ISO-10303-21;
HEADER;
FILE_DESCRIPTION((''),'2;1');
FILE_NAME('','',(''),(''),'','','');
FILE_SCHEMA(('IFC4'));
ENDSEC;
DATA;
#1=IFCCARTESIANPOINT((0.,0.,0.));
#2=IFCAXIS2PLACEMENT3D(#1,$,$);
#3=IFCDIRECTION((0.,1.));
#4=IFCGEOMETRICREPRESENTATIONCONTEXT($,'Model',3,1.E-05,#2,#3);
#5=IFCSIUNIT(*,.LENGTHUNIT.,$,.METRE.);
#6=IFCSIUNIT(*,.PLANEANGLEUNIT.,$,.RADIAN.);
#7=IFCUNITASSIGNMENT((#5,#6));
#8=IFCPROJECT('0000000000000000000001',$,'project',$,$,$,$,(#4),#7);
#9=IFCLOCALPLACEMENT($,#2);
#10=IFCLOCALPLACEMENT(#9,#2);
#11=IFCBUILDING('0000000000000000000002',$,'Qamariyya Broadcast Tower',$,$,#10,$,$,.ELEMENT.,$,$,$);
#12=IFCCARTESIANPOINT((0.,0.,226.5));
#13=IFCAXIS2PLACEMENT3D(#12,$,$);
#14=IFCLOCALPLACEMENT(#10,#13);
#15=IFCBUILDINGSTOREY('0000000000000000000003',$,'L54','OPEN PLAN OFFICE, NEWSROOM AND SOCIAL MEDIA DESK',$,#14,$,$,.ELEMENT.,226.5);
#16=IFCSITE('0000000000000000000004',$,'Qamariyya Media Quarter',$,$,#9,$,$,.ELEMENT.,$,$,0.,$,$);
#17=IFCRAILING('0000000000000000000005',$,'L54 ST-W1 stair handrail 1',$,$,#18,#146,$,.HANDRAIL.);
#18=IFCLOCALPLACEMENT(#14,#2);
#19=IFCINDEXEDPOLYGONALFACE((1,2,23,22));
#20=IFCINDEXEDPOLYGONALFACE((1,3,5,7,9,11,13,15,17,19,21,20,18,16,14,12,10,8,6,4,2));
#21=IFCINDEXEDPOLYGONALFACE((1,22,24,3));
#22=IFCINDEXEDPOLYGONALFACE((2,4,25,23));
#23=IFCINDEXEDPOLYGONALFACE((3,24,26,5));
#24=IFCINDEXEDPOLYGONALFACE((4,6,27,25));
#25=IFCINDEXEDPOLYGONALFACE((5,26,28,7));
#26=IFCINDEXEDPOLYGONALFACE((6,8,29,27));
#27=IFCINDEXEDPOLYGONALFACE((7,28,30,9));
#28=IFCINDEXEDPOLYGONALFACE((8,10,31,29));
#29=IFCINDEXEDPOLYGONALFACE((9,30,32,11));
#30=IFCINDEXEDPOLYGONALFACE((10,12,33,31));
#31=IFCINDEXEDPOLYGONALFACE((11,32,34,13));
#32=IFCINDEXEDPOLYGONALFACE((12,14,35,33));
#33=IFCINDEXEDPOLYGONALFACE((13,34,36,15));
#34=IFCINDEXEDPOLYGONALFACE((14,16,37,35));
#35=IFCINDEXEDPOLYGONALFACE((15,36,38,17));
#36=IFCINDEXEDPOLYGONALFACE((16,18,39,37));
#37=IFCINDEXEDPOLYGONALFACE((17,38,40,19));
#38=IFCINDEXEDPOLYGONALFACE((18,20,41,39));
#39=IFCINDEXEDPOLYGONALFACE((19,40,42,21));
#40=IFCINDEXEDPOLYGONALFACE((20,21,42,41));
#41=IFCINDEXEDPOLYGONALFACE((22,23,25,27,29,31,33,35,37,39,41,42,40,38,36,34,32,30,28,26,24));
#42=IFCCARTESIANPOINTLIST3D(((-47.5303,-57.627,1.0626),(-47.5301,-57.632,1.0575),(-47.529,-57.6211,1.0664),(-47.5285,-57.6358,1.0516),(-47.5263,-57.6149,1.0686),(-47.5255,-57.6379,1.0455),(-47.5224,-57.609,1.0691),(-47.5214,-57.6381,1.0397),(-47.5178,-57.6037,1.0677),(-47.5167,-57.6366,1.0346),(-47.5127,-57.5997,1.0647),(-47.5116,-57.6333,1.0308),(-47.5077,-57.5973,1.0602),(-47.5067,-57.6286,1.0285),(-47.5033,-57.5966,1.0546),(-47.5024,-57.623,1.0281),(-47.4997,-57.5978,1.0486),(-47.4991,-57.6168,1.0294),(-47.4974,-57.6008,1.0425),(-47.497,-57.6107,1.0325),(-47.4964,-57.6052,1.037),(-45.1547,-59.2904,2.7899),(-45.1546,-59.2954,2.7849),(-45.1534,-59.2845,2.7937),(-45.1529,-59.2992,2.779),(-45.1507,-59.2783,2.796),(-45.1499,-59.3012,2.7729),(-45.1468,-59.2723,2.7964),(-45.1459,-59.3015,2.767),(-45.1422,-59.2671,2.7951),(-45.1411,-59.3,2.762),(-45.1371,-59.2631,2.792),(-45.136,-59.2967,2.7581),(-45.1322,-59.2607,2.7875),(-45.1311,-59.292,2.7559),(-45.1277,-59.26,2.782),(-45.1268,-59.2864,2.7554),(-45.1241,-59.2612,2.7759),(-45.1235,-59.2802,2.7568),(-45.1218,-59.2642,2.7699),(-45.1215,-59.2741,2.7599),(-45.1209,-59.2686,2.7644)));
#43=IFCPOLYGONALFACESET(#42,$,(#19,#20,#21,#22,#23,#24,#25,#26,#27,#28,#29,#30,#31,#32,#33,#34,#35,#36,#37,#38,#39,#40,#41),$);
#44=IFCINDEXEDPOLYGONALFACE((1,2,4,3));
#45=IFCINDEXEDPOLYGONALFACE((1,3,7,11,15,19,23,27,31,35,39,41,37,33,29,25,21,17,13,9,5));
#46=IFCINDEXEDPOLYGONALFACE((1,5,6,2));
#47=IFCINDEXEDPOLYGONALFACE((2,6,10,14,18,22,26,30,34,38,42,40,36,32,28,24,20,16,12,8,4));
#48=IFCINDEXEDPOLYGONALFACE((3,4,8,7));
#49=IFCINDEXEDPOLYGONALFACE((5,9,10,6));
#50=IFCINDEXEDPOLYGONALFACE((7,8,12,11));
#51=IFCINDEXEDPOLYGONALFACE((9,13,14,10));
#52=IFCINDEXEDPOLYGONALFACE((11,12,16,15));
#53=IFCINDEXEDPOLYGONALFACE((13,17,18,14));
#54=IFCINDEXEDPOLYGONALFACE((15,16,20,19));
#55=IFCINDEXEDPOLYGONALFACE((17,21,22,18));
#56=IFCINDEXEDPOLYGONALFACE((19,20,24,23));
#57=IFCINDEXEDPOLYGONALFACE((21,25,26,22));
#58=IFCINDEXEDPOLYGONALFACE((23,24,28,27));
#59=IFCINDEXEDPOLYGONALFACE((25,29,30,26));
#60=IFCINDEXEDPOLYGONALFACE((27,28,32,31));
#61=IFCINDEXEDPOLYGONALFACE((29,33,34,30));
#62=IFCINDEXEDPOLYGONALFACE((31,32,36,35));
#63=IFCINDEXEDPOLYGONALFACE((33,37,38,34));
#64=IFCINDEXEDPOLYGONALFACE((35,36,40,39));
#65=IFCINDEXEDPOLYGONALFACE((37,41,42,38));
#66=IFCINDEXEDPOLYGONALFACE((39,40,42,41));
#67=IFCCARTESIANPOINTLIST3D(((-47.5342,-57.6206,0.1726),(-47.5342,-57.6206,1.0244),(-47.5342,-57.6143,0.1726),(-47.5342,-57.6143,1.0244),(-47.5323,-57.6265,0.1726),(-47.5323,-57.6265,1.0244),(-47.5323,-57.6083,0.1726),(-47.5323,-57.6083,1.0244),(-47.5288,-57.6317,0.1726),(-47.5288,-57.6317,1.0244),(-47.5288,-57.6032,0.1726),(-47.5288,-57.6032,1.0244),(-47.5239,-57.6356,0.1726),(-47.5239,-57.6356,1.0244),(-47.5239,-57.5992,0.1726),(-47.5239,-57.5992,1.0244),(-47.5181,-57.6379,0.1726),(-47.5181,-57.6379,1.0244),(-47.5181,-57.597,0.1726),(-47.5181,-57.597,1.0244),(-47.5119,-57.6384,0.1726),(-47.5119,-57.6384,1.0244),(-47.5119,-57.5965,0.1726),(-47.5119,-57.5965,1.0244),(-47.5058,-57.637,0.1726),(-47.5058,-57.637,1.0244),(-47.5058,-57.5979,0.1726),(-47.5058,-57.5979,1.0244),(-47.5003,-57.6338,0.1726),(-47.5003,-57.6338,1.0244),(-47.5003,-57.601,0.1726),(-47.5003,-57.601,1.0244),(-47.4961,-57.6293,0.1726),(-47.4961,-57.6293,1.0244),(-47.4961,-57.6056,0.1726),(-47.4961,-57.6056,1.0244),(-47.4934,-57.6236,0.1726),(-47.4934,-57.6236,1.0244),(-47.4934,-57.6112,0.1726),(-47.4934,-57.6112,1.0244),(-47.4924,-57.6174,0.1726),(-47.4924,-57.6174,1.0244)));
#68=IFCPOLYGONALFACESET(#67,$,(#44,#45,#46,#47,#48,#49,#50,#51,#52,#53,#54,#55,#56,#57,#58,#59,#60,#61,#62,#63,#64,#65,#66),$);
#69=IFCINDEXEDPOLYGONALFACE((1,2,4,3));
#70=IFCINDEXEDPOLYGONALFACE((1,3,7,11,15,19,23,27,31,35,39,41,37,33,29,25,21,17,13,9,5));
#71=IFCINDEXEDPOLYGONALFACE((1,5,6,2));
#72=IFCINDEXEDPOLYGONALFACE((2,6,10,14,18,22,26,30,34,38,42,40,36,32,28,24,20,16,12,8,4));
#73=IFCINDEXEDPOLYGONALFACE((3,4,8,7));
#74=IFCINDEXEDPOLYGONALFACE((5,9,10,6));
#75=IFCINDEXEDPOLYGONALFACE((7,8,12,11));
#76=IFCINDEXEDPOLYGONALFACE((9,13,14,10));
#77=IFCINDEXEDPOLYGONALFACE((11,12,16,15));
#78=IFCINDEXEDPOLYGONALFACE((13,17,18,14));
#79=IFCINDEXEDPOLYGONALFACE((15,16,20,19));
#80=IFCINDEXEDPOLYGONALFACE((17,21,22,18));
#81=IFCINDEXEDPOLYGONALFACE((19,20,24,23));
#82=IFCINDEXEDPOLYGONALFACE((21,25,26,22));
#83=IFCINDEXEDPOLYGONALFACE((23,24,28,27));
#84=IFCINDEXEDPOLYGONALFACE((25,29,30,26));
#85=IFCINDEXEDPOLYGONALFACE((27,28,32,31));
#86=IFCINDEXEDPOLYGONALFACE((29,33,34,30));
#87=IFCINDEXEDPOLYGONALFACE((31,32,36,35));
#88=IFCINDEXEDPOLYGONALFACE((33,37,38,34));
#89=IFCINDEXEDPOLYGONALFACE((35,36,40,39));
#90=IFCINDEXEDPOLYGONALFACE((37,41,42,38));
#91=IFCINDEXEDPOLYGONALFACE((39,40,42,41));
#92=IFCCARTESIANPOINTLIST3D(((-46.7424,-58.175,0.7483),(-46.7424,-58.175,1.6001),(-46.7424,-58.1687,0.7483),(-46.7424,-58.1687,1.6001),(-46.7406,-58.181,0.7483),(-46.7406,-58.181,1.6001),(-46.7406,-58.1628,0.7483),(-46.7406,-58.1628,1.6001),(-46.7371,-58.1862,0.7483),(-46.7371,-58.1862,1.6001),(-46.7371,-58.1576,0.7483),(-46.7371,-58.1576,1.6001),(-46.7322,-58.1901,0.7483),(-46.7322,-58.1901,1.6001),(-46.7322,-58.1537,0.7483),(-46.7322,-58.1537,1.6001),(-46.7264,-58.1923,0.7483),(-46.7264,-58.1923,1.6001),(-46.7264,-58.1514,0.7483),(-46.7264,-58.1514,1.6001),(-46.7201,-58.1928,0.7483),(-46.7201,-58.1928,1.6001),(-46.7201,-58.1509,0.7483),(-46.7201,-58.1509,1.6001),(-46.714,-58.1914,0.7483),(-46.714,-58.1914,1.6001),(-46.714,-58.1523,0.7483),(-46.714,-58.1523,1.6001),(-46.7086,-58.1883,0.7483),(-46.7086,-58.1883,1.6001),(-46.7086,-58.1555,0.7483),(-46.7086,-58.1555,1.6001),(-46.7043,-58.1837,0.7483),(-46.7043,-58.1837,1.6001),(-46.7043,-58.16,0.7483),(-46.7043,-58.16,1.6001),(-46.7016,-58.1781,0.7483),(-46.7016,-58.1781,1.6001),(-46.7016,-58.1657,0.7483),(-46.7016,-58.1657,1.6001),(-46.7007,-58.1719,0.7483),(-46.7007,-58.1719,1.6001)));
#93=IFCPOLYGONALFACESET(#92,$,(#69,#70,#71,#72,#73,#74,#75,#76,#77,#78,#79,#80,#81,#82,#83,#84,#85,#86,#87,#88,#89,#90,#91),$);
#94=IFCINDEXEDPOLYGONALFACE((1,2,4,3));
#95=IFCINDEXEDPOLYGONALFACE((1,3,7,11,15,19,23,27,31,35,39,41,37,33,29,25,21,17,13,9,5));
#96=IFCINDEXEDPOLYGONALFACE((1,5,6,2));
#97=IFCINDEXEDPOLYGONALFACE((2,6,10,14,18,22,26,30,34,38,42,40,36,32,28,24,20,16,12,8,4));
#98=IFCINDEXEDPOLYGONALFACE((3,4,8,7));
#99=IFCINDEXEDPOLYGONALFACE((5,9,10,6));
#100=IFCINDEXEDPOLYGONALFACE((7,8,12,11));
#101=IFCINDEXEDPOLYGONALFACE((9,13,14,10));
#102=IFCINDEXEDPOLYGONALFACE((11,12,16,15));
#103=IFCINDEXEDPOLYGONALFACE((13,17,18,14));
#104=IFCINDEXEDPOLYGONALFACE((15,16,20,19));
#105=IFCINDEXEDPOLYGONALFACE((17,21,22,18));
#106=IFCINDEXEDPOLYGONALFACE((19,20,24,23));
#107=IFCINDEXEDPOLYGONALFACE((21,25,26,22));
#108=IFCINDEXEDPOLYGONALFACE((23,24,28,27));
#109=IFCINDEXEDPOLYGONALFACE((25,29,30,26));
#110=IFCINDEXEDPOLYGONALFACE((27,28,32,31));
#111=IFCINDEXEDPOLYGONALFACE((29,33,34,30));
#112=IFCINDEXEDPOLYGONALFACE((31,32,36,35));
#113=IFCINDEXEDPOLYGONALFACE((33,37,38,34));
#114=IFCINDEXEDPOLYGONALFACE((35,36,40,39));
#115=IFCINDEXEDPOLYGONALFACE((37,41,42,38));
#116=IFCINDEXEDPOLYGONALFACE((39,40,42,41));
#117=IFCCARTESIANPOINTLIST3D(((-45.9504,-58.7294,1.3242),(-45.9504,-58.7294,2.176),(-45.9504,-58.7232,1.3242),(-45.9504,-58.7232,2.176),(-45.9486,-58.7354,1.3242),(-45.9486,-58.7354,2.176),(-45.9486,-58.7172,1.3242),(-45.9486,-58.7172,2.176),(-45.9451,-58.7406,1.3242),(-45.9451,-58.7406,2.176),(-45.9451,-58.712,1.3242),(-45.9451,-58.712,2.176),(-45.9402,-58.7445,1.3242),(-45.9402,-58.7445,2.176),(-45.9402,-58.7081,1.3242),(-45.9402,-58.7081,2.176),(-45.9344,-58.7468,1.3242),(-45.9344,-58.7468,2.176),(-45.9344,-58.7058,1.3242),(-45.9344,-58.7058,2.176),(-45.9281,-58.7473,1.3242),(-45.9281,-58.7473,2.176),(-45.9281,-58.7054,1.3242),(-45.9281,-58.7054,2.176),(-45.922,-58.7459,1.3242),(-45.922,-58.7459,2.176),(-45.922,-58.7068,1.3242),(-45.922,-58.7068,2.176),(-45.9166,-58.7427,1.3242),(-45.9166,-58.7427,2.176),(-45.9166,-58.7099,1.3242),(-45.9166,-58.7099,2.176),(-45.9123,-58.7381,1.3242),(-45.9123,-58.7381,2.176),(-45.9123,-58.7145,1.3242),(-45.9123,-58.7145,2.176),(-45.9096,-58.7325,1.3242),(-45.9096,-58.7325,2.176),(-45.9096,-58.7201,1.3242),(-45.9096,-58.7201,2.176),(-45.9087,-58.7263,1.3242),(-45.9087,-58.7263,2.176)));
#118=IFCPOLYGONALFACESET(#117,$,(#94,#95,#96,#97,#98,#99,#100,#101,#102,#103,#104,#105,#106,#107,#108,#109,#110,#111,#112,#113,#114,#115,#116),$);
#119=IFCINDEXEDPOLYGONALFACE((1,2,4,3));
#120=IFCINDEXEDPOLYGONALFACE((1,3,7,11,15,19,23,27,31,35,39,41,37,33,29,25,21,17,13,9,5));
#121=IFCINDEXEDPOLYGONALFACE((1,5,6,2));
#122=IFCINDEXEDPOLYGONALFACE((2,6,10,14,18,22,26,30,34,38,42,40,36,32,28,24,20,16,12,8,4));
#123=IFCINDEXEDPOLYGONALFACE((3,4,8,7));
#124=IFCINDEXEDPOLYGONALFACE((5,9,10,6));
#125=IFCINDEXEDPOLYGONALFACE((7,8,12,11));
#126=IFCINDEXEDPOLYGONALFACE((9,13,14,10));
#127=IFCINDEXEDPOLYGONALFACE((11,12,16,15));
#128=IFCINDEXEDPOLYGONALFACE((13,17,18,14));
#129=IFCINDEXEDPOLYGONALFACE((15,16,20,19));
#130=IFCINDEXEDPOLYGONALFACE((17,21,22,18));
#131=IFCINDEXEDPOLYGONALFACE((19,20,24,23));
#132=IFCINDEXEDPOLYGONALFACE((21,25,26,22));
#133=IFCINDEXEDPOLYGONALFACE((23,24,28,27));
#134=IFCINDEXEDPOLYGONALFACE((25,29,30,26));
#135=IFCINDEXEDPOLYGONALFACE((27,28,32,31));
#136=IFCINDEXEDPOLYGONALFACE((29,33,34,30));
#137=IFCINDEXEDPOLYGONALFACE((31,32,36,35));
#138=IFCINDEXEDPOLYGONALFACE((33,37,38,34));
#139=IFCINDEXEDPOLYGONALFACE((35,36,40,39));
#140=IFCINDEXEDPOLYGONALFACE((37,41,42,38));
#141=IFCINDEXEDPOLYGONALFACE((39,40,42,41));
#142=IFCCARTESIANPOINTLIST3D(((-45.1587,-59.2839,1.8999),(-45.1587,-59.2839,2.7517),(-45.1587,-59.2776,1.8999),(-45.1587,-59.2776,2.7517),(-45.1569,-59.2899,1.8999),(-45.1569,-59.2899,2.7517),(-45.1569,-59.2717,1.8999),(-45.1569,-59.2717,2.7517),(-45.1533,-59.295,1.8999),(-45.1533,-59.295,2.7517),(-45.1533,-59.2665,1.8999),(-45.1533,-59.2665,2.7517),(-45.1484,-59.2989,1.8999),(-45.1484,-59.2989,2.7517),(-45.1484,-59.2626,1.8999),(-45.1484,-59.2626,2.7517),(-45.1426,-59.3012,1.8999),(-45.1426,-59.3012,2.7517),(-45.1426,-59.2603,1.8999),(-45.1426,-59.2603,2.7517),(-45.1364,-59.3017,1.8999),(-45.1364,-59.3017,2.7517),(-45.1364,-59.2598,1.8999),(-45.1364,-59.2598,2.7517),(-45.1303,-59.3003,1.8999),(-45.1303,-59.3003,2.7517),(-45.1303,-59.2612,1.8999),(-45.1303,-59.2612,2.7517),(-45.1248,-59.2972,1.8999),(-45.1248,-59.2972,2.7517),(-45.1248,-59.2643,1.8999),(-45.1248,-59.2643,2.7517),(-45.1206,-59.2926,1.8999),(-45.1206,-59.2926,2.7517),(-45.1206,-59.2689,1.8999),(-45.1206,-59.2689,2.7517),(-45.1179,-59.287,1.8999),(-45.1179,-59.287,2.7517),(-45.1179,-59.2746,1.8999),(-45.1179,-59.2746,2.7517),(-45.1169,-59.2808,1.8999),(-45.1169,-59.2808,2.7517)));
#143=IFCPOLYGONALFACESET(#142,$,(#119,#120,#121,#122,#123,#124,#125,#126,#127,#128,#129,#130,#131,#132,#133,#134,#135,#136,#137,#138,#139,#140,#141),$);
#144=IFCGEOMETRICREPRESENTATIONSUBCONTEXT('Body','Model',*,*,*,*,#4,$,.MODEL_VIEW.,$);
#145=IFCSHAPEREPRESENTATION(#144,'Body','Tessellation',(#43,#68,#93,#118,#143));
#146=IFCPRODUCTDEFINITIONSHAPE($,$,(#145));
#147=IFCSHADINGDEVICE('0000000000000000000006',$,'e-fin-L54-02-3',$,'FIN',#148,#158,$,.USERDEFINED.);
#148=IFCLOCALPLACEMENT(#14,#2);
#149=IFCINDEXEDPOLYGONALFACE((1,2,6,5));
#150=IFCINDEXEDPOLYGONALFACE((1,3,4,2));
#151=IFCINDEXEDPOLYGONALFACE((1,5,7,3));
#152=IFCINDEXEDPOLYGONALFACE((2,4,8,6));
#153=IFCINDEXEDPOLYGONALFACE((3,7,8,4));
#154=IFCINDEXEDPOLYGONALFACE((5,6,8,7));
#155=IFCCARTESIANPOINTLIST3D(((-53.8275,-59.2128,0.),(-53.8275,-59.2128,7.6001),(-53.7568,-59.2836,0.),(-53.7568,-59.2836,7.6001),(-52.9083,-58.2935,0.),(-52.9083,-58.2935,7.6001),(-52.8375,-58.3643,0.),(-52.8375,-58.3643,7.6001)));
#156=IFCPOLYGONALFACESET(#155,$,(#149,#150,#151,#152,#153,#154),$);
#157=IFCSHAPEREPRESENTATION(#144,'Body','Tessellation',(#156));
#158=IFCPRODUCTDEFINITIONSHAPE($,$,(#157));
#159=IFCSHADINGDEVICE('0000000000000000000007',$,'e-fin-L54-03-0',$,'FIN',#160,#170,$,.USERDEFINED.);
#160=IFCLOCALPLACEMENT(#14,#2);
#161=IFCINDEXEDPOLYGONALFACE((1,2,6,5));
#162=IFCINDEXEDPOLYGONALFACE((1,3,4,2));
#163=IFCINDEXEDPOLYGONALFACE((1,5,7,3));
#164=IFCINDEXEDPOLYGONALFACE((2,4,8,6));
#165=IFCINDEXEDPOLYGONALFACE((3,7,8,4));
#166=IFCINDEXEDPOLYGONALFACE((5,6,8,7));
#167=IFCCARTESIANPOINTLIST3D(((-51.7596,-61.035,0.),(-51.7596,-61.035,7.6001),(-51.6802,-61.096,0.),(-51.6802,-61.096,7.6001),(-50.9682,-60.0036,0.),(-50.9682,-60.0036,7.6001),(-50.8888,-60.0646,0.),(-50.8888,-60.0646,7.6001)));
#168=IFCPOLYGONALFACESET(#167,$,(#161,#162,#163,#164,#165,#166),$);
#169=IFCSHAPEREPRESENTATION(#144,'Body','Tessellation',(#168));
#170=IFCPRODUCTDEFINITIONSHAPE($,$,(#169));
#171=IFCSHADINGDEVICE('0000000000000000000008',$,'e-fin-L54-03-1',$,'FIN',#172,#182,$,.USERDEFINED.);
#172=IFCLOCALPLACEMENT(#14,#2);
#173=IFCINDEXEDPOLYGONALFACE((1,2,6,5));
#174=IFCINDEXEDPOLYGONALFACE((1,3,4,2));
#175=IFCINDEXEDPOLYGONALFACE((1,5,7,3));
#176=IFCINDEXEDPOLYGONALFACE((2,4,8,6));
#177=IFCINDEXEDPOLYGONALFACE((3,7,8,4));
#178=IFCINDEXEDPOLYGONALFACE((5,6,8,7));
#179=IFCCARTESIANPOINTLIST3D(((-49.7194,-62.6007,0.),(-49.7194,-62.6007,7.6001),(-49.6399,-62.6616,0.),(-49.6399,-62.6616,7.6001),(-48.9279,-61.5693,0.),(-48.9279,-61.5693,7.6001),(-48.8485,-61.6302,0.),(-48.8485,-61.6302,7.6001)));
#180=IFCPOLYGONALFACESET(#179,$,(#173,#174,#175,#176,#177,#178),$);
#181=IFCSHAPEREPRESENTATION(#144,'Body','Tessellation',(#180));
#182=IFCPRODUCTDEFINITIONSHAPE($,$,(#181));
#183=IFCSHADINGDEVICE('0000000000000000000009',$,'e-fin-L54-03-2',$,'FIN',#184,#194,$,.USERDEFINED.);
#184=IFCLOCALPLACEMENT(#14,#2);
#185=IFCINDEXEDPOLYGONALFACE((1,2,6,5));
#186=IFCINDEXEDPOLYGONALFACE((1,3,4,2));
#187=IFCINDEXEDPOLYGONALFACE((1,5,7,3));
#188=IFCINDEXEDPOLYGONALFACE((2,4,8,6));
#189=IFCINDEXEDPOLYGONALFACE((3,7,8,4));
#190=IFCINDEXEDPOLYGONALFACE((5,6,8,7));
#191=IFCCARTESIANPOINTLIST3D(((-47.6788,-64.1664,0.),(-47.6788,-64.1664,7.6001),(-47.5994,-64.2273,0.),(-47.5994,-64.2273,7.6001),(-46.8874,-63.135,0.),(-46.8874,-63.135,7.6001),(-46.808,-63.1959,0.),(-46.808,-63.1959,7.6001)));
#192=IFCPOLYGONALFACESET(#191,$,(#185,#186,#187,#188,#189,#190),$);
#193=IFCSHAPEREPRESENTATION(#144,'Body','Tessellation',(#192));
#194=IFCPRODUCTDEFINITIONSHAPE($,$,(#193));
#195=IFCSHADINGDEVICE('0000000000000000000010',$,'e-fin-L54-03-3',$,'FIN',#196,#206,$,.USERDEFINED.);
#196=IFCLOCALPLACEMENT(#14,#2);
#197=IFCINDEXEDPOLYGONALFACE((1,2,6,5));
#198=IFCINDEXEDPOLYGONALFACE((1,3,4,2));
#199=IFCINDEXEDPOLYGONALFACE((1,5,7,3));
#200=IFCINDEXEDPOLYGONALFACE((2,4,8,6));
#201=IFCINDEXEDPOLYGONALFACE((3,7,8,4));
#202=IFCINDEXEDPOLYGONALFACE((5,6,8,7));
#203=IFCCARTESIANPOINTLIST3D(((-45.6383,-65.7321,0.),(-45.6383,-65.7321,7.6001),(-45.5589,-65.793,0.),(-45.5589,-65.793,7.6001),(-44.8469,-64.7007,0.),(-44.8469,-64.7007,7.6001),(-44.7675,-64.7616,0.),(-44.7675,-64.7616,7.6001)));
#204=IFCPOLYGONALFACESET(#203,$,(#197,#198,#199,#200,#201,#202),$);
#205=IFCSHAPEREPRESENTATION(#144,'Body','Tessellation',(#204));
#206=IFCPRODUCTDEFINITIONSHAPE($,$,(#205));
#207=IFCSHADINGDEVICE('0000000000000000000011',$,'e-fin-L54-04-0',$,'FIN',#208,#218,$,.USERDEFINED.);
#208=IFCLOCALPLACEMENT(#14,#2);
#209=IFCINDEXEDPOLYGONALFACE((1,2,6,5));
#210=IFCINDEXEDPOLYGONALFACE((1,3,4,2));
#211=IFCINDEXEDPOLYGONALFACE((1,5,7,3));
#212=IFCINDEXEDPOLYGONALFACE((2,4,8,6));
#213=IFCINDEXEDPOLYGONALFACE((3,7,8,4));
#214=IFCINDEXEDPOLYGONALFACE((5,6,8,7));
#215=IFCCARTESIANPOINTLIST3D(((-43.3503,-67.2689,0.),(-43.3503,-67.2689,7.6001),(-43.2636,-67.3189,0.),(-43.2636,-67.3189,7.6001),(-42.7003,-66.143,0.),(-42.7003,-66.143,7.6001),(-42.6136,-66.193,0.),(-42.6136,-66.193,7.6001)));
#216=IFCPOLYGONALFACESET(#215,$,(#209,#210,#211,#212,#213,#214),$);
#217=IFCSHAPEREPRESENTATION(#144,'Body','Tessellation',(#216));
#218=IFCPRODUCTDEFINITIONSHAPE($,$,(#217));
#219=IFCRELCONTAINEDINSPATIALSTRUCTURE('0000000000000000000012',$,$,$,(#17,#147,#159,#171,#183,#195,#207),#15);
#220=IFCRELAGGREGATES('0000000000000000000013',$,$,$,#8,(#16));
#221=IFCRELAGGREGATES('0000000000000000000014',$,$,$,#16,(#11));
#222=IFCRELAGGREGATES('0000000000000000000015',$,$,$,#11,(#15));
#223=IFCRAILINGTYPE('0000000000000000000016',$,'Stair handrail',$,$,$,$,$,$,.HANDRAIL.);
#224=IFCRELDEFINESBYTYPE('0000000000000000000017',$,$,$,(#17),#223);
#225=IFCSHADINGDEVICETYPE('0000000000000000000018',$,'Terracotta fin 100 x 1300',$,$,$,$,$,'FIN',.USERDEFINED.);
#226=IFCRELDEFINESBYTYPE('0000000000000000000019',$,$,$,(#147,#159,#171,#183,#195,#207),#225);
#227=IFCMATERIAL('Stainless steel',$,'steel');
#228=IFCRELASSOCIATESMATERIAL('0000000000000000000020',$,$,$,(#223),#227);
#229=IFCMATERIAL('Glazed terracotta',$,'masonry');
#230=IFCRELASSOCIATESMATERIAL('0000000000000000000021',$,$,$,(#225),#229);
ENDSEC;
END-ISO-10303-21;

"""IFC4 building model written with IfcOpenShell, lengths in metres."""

from ifc_helpers import new_model, si_unit, direction, frame, origin, origin_2d, place, context, subcontext, project, spatial, rectangle, circle, extrude, material, material_profile, profile_set, type_object, element, save


model = new_model("IFC4")

# Units and contexts
model_context = context("Model", 3, precision=1e-05, world=origin(), true_north=direction((0.0, 1.0)))
body_context = subcontext(model_context, "Body", "Model", "MODEL_VIEW")
ifc_project = project(units=[si_unit("LENGTHUNIT", "METRE"), si_unit("PLANEANGLEUNIT", "RADIAN")], contexts=[model_context])

# Site, building, storey
site_placement = place(None, origin())
site = spatial("IfcSite", under=ifc_project, at=site_placement, Name="Qamariyya Media Quarter", CompositionType="ELEMENT", RefElevation=0.0)
building_placement = place(site_placement, origin())
building = spatial("IfcBuilding", under=site, at=building_placement, Name="Qamariyya Broadcast Tower", CompositionType="ELEMENT")
storey_placement = place(building_placement, frame((0.0, 0.0, 226.5)))
storey = spatial("IfcBuildingStorey", under=building, at=storey_placement, Name="L54", Description="OPEN PLAN OFFICE, NEWSROOM AND SOCIAL MEDIA DESK", CompositionType="ELEMENT", Elevation=226.5)

# Railing
ifc_material_1 = material(Name="Stainless steel", Category="steel")
railing_type_1 = type_object("IfcRailingType", Name="Stair handrail", PredefinedType="HANDRAIL", material=ifc_material_1)
railing_1_placement = place(storey_placement, frame((-47.5134, -57.6174, 0.1726)))
element("IfcRailing", 1, at=railing_1_placement, inside=storey, type_object=railing_type_1, Name="L54 ST-W1 stair handrail 1", PredefinedType="HANDRAIL", context=body_context, shape_type="SweptSolid", body=[
    extrude(circle(Radius=0.0239, at=origin_2d()), frame((0.0, 0.0, 0.876), z_axis=(0.70377, -0.492784, 0.511734), x_axis=(0.573575, 0.819153, 0.0)), (0.0, 0.0, 1.0), 3.3755),
    extrude(circle(Radius=0.021, at=origin_2d()), origin(), (0.0, 0.0, 1.0), 0.8518),
    extrude(circle(Radius=0.021, at=origin_2d()), frame((0.7917, -0.5544, 0.5757)), (0.0, 0.0, 1.0), 0.8518),
    extrude(circle(Radius=0.021, at=origin_2d()), frame((1.5837, -1.1089, 1.1516)), (0.0, 0.0, 1.0), 0.8518),
    extrude(circle(Radius=0.021, at=origin_2d()), frame((2.3755, -1.6633, 1.7273)), (0.0, 0.0, 1.0), 0.8518),
])

# Shading devices
ifc_material_2 = material(Name="Glazed terracotta", Category="masonry")
ifc_material_profile_1 = material_profile(ifc_material_2, rectangle(XDim=1.3, YDim=0.1001, at=origin_2d()))
ifc_profile_set_1 = profile_set([ifc_material_profile_1], Name="Glazed terracotta")
shading_device_type_1 = type_object("IfcShadingDeviceType", Name="Terracotta fin 100 x 1300", ElementType="FIN", PredefinedType="USERDEFINED", material=ifc_profile_set_1)
for number, where, z_axis, x_axis, name in (
    (2, (-53.3325, -58.7886, 0.0), (0.0, 0.0, 1.0), (-0.707107, -0.707107, 0.0), "e-fin-L54-02-3"),
    (3, (-51.3242, -60.5498, 0.0), (0.0, 0.0, 1.0), (-0.608761, -0.793353, 0.0), "e-fin-L54-03-0"),
    (4, (-49.2839, -62.1155, 0.0), (0.0, 0.0, 1.0), (-0.608761, -0.793353, 0.0), "e-fin-L54-03-1"),
    (5, (-47.2434, -63.6812, 0.0), (0.0, 0.0, 1.0), (-0.608761, -0.793353, 0.0), "e-fin-L54-03-2"),
    (6, (-45.2029, -65.2468, 0.0), (0.0, 0.0, 1.0), (-0.608761, -0.793353, 0.0), "e-fin-L54-03-3"),
    (7, (-42.9819, -66.731, 0.0), (0.0, 0.0, 1.0), (-0.5, -0.866025, 0.0), "e-fin-L54-04-0"),
):
    element("IfcShadingDevice", number, at=place(storey_placement, frame(where, z_axis=z_axis, x_axis=x_axis)), inside=storey, type_object=shading_device_type_1, Name=name, ObjectType="FIN", PredefinedType="USERDEFINED", context=body_context, shape_type="SweptSolid", body=[
        extrude(rectangle(XDim=1.3, YDim=0.1001, at=origin_2d()), origin(), (0.0, 0.0, 1.0), 7.6001),
    ])

save(model, "model.ifc")
